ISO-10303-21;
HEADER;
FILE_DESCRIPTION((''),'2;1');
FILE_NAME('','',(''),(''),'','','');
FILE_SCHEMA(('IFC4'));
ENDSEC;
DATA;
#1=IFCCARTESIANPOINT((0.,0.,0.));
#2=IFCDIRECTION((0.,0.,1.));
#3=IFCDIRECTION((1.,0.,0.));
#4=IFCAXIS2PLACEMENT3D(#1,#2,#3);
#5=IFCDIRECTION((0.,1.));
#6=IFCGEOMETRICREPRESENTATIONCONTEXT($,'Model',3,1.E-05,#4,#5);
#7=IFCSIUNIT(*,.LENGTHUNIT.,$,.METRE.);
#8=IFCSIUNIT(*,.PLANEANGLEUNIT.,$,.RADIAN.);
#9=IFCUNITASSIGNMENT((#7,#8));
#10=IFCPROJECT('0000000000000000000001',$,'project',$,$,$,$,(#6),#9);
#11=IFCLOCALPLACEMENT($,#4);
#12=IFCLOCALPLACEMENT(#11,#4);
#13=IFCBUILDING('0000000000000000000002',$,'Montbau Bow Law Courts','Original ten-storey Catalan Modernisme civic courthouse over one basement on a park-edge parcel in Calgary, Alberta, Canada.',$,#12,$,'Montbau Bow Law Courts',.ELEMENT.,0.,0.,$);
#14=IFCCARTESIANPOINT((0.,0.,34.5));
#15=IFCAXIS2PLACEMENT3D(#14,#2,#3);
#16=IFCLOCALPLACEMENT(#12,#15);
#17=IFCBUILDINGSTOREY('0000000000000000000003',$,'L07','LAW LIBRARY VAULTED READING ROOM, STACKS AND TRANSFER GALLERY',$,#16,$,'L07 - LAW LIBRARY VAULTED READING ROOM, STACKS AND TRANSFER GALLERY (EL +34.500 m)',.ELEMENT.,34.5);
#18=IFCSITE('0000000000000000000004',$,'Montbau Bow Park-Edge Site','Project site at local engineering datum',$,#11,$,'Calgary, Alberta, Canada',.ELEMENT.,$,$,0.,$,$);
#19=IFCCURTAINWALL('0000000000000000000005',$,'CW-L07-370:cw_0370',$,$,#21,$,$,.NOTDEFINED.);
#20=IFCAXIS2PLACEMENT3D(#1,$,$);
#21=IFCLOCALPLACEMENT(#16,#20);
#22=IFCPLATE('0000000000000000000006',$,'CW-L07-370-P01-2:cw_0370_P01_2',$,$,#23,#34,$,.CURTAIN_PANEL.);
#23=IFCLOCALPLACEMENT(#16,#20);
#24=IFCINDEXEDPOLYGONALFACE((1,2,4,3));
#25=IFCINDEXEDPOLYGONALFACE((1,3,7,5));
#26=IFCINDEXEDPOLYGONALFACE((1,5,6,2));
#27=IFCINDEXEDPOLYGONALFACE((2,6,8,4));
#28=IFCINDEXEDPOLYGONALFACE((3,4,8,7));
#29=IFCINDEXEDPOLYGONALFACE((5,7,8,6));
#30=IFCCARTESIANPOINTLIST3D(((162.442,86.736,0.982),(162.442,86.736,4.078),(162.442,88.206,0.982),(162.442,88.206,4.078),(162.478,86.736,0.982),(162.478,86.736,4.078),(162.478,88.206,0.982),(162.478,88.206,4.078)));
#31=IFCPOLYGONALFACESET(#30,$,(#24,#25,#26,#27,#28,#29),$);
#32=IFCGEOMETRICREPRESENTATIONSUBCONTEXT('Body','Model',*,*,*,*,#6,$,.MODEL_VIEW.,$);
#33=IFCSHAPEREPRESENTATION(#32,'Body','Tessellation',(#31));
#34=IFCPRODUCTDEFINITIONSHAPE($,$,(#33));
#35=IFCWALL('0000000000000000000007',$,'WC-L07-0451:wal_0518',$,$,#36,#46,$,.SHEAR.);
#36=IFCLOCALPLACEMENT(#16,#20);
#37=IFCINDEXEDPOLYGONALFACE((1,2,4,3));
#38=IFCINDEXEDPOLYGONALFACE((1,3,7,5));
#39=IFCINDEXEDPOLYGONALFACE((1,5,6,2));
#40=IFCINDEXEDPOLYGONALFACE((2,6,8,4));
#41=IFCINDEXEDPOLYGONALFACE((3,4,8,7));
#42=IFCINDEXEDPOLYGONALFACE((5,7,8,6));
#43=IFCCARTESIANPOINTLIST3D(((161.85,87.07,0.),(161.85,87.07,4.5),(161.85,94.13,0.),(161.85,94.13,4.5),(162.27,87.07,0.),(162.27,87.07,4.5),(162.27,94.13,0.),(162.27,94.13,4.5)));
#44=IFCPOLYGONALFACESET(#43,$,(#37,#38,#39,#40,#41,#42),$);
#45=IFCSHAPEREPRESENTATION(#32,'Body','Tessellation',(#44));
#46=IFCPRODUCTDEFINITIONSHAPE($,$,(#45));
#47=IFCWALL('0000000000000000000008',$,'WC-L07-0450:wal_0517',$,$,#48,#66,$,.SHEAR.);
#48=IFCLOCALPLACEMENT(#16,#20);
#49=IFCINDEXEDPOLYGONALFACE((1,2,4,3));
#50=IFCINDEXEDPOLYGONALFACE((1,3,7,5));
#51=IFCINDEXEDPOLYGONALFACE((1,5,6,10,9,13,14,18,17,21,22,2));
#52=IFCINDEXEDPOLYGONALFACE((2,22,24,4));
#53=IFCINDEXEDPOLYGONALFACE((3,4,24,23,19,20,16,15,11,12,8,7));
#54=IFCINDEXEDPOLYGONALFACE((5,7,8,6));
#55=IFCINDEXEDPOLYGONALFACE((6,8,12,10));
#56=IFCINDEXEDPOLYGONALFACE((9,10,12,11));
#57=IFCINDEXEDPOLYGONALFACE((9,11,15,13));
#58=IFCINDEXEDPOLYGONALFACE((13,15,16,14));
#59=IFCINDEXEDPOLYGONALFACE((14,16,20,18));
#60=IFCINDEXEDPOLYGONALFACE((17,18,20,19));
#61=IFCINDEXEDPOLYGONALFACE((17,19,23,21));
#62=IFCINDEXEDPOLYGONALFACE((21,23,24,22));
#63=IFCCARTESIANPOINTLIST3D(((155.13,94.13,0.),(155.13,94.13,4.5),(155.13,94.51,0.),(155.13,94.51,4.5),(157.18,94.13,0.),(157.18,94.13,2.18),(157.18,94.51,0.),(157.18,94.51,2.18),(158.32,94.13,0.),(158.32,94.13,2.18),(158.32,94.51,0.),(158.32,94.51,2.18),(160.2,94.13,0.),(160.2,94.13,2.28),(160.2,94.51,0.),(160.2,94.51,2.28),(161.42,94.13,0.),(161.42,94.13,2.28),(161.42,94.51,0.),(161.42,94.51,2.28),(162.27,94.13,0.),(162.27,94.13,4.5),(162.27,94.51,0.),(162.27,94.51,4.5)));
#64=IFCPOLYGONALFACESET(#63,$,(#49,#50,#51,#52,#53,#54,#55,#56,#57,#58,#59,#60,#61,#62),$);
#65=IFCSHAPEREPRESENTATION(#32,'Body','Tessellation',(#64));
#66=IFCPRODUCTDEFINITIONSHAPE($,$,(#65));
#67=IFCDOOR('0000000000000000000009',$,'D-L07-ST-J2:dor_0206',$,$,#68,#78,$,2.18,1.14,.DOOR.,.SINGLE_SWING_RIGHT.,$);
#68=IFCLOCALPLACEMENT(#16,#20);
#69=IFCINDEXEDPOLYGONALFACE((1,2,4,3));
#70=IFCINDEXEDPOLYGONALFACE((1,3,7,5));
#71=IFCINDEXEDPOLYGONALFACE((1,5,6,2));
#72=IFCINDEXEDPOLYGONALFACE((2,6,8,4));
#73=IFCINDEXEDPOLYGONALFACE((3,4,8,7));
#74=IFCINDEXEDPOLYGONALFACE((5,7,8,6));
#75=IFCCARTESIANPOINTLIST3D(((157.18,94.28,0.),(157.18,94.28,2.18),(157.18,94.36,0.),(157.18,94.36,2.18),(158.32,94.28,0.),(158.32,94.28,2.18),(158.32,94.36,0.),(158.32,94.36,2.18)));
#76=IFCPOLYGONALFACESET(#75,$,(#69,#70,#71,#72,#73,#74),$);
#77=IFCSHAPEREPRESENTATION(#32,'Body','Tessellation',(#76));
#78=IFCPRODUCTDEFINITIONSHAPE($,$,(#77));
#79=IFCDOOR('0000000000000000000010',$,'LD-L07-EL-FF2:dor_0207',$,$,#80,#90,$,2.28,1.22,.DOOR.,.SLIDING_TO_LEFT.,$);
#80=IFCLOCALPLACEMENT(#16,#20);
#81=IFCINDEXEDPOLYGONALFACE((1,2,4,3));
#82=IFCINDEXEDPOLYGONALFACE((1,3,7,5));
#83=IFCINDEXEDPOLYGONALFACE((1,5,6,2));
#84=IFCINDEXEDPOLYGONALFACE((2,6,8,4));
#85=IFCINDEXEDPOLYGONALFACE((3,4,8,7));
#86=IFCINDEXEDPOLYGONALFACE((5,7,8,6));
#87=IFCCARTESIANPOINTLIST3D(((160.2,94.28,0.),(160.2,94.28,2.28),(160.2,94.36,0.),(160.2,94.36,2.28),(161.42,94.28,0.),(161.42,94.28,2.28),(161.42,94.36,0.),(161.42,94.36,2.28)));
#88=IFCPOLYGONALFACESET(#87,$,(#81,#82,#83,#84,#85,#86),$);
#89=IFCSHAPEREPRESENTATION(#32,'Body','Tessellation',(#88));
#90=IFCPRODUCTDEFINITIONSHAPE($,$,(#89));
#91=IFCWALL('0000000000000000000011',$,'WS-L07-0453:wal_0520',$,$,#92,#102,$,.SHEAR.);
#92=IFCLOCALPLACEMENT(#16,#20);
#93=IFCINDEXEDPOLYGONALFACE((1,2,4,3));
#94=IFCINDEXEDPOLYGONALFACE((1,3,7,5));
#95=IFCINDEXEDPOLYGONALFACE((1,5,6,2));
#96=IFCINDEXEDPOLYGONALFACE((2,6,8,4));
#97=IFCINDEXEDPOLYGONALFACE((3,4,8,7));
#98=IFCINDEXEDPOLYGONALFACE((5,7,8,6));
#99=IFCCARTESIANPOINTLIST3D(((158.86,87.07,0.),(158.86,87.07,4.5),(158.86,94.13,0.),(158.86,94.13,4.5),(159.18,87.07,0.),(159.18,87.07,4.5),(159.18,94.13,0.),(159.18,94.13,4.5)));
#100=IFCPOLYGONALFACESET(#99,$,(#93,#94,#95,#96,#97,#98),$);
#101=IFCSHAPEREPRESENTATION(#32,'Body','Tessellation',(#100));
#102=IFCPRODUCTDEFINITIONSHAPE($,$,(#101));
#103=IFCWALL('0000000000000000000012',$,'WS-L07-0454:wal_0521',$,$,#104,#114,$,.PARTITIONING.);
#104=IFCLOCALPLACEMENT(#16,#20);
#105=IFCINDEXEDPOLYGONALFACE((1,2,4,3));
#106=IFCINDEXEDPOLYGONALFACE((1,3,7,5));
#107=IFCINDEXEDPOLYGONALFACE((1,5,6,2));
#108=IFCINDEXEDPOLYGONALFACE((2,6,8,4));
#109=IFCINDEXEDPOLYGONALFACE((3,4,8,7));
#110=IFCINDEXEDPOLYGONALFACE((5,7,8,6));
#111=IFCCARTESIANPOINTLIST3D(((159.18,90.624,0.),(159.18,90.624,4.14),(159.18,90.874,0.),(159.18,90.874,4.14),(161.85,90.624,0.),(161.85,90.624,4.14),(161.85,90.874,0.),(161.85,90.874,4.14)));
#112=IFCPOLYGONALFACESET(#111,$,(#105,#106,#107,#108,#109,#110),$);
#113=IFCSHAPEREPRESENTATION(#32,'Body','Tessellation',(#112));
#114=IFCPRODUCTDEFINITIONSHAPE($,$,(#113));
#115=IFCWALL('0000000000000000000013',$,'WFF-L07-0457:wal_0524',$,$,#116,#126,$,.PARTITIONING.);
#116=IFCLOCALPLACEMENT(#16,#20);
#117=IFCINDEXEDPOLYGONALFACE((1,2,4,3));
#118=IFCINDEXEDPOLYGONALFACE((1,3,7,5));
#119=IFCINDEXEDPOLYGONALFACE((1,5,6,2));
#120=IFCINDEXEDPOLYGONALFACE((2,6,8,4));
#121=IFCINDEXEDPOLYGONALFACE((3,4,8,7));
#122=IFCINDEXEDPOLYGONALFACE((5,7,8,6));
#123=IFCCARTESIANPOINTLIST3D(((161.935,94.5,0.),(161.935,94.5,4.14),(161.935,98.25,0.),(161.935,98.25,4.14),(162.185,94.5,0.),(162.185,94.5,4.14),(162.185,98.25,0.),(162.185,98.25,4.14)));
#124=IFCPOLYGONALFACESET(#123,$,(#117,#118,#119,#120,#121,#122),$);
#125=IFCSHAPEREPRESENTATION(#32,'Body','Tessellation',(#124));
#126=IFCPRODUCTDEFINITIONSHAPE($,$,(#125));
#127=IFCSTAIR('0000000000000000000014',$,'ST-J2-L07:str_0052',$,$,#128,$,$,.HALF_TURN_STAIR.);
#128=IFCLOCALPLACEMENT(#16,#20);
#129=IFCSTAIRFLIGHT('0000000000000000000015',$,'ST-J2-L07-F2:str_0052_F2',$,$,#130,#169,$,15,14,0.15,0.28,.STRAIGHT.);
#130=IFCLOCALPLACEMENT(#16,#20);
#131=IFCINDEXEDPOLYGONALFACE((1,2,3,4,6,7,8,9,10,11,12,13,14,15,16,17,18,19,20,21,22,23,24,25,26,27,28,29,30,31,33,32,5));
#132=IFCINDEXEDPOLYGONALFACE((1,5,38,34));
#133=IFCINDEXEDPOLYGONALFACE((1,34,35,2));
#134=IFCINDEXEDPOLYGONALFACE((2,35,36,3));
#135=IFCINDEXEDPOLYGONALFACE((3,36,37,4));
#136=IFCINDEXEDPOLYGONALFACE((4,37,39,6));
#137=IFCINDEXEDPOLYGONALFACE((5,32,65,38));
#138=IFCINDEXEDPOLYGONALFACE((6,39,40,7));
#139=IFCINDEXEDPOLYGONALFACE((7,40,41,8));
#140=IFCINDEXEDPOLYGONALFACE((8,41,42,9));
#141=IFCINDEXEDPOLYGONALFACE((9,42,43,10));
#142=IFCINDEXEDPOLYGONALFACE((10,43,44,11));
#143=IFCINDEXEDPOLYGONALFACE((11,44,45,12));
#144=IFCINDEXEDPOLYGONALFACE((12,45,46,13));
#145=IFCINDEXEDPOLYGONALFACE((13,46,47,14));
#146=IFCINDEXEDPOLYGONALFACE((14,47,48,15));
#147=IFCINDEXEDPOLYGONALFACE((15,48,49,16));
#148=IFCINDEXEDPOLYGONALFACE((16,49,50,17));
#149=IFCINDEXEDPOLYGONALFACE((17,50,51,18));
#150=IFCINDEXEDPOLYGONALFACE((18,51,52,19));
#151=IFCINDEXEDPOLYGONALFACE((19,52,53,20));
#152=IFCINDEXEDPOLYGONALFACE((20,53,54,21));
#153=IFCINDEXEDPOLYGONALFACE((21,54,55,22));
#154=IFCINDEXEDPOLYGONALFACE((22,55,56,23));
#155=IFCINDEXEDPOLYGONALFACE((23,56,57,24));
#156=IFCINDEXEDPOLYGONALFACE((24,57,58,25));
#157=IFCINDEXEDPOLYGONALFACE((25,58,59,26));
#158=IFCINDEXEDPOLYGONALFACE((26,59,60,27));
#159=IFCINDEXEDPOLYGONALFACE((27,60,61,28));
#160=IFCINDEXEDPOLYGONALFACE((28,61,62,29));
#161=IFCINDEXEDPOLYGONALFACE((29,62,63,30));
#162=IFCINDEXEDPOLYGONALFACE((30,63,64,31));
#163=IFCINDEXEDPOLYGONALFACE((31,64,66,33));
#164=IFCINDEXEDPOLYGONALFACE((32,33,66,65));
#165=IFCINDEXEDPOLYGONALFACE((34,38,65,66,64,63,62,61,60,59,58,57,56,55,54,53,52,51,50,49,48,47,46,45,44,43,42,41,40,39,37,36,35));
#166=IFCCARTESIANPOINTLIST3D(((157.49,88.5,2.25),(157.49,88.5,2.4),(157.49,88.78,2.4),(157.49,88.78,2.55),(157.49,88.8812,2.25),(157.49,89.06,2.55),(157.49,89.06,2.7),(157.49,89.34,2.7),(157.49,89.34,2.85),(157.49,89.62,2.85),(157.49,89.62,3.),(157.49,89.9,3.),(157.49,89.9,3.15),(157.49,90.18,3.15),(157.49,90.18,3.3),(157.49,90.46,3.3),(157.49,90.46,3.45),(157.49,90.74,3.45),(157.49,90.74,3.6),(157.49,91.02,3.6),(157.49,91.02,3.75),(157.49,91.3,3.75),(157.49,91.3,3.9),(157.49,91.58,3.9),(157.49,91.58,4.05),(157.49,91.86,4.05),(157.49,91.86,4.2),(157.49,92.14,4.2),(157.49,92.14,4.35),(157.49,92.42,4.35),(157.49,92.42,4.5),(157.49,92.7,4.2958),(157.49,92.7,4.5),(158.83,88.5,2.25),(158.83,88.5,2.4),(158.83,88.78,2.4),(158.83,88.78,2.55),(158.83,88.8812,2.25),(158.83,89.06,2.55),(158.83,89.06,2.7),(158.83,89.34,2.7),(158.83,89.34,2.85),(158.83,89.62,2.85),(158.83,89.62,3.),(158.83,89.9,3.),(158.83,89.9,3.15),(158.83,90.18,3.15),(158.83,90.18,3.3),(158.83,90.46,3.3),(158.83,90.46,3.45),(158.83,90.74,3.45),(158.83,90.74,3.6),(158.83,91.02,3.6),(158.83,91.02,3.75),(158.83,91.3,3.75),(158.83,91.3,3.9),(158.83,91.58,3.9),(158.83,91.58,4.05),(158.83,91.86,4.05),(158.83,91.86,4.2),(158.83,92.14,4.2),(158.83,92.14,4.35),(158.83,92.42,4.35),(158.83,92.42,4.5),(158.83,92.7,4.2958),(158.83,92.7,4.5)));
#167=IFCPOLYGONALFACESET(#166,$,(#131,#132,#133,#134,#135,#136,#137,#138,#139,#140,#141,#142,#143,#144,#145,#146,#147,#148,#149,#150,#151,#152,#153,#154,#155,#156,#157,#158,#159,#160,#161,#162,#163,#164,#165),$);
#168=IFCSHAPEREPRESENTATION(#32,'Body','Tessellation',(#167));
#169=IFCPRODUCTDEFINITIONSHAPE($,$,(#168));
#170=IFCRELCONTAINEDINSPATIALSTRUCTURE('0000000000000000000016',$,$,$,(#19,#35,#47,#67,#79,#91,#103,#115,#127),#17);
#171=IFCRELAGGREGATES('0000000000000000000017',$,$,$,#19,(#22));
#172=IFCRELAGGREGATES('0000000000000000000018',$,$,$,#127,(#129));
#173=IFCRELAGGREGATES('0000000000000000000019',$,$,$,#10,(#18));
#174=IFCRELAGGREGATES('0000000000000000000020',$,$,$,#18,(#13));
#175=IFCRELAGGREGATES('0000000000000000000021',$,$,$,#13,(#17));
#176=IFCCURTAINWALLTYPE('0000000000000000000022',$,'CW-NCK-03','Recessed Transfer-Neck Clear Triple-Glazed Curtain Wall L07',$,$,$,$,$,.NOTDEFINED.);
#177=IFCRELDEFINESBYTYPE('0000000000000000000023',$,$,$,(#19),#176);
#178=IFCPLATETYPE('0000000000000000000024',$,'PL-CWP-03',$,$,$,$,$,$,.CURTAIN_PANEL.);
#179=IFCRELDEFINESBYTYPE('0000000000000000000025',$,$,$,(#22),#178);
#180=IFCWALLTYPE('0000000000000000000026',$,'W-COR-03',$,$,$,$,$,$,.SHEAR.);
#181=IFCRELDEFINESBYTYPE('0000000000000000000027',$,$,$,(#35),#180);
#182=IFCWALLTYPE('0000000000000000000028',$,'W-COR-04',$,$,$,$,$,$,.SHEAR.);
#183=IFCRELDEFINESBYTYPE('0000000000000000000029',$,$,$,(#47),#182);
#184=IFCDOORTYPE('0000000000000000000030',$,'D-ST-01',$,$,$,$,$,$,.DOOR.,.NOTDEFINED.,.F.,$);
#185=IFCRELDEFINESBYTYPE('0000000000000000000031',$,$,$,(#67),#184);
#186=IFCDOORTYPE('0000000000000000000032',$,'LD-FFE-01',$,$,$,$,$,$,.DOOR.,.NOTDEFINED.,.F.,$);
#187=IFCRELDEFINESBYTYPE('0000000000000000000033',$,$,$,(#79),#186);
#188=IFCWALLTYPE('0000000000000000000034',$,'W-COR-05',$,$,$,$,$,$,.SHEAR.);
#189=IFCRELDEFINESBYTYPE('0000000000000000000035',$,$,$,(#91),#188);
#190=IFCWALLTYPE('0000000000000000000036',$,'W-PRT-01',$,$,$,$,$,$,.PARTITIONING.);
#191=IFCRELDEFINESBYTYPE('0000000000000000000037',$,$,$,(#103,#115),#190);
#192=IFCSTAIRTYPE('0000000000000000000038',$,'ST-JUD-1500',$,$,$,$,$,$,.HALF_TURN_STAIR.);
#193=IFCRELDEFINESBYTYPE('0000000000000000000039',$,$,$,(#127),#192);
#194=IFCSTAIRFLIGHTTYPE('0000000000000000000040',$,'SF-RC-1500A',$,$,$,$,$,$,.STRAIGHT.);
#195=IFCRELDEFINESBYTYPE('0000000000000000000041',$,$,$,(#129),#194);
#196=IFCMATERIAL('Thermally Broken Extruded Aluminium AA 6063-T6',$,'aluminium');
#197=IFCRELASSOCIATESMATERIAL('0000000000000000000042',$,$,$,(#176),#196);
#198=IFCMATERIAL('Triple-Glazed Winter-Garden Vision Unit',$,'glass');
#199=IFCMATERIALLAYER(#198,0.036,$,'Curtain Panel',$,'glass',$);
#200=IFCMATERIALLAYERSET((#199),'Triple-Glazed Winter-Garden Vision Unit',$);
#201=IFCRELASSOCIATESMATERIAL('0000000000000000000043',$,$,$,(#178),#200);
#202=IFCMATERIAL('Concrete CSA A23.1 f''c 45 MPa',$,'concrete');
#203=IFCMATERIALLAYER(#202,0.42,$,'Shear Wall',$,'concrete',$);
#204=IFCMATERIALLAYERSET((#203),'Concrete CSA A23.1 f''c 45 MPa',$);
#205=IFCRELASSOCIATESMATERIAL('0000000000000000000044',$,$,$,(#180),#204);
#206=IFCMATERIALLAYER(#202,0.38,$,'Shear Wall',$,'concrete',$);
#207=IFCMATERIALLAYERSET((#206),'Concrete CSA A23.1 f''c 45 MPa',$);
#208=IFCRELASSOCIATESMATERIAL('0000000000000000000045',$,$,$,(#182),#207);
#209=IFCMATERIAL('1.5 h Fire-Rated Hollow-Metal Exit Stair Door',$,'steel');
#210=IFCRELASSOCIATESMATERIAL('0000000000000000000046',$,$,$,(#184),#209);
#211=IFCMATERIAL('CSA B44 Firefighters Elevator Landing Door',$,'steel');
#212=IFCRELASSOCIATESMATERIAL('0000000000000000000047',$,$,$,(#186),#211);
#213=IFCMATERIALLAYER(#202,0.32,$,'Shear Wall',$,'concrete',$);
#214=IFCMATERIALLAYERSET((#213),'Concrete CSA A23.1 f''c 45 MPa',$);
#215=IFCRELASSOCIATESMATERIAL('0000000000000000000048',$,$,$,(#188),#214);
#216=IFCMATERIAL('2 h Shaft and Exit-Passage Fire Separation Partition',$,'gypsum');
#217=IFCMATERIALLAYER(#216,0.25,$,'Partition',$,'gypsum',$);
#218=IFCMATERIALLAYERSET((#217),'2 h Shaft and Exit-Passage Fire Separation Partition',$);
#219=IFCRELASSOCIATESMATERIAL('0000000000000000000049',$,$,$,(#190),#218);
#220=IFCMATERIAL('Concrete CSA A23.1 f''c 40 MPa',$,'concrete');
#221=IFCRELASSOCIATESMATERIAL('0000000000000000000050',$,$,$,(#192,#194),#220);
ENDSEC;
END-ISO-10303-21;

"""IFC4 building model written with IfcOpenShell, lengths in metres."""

from ifc_helpers import new_model, si_unit, direction, frame, frame_2d, origin_with_axes, place, context, subcontext, project, spatial, polyline, rectangle, outline, extrude, material, layer, layer_set, type_object, element, fill, aggregate, save


model = new_model("IFC4")

# Units and contexts
model_context = context("Model", 3, precision=1e-05, world=origin_with_axes(), true_north=direction((0.0, 1.0)))
body_context = subcontext(model_context, "Body", "Model", "MODEL_VIEW")
ifc_project = project(units=[si_unit("LENGTHUNIT", "METRE"), si_unit("PLANEANGLEUNIT", "RADIAN")], contexts=[model_context])

# Site, building, storey
site_placement = place(None, origin_with_axes())
site = spatial("IfcSite", under=ifc_project, at=site_placement, Name="Montbau Bow Park-Edge Site", Description="Project site at local engineering datum", LongName="Calgary, Alberta, Canada", CompositionType="ELEMENT", RefElevation=0.0)
building_placement = place(site_placement, origin_with_axes())
building = spatial("IfcBuilding", under=site, at=building_placement, Name="Montbau Bow Law Courts", Description="Original ten-storey Catalan Modernisme civic courthouse over one basement on a park-edge parcel in Calgary, Alberta, Canada.", LongName="Montbau Bow Law Courts", CompositionType="ELEMENT", ElevationOfRefHeight=0.0, ElevationOfTerrain=0.0)
storey_placement = place(building_placement, frame((0.0, 0.0, 34.5), z_axis=(0.0, 0.0, 1.0), x_axis=(1.0, 0.0, 0.0)))
storey = spatial("IfcBuildingStorey", under=building, at=storey_placement, Name="L07", Description="LAW LIBRARY VAULTED READING ROOM, STACKS AND TRANSFER GALLERY", LongName="L07 - LAW LIBRARY VAULTED READING ROOM, STACKS AND TRANSFER GALLERY (EL +34.500 m)", CompositionType="ELEMENT", Elevation=34.5)

# Shared definitions
ifc_material_1 = material(Name="Thermally Broken Extruded Aluminium AA 6063-T6", Category="aluminium")
curtain_wall_type = type_object("IfcCurtainWallType", Name="CW-NCK-03", Description="Recessed Transfer-Neck Clear Triple-Glazed Curtain Wall L07", PredefinedType="NOTDEFINED", material=ifc_material_1)

# Curtain wall
curtain_wall_1_placement = place(None, frame((162.46, 86.668, 34.5), z_axis=(0.0, 0.0, 1.0), x_axis=(1.0, 0.0, 0.0)))
curtain_wall_1 = element("IfcCurtainWall", 1, at=curtain_wall_1_placement, inside=storey, type_object=curtain_wall_type, Name="CW-L07-370:cw_0370", PredefinedType="NOTDEFINED")

# Plate
ifc_material_2 = material(Name="Triple-Glazed Winter-Garden Vision Unit", Category="glass")
ifc_layer_1 = layer(ifc_material_2, 0.036, Name="Curtain Panel", Category="glass")
ifc_layer_set_1 = layer_set([ifc_layer_1], Name="Triple-Glazed Winter-Garden Vision Unit")
plate_type_1 = type_object("IfcPlateType", Name="PL-CWP-03", PredefinedType="CURTAIN_PANEL", material=ifc_layer_set_1)
plate_1_placement = place(None, frame((162.46, 86.736, 35.482), z_axis=(1.0, 0.0, 0.0), x_axis=(0.0, 1.0, 0.0)))
plate_1 = element("IfcPlate", 2, at=plate_1_placement, type_object=plate_type_1, Name="CW-L07-370-P01-2:cw_0370_P01_2", PredefinedType="CURTAIN_PANEL", context=body_context, shape_type="SweptSolid", body=[
    extrude(rectangle(XDim=1.47, YDim=3.096, at=frame_2d((0.735, 1.548), x_axis=(1.0, 0.0))), frame((0.0, 0.0, -0.018), z_axis=(0.0, 0.0, 1.0), x_axis=(1.0, 0.0, 0.0)), (0.0, 0.0, 1.0), 0.036),
])
aggregate(curtain_wall_1, [plate_1])

# Wall
ifc_material_3 = material(Name="Concrete CSA A23.1 f'c 45 MPa", Category="concrete")
ifc_layer_2 = layer(ifc_material_3, 0.42, Name="Shear Wall", Category="concrete")
ifc_layer_set_2 = layer_set([ifc_layer_2], Name="Concrete CSA A23.1 f'c 45 MPa")
wall_type_1 = type_object("IfcWallType", Name="W-COR-03", PredefinedType="SHEAR", material=ifc_layer_set_2)
wall_1_placement = place(None, frame((162.06, 87.07, 34.5), z_axis=(0.0, 0.0, 1.0), x_axis=(0.0, 1.0, 0.0)))
element("IfcWall", 3, at=wall_1_placement, inside=storey, type_object=wall_type_1, Name="WC-L07-0451:wal_0518", PredefinedType="SHEAR", context=body_context, shape_type="SweptSolid", body=[
    extrude(rectangle(XDim=7.06, YDim=0.42, at=frame_2d((3.53, 0.0), x_axis=(1.0, 0.0))), origin_with_axes(), (0.0, 0.0, 1.0), 4.5),
])

# Wall, openings, doors
ifc_layer_3 = layer(ifc_material_3, 0.38, Name="Shear Wall", Category="concrete")
ifc_layer_set_3 = layer_set([ifc_layer_3], Name="Concrete CSA A23.1 f'c 45 MPa")
wall_type_2 = type_object("IfcWallType", Name="W-COR-04", PredefinedType="SHEAR", material=ifc_layer_set_3)
wall_2_placement = place(None, frame((162.27, 94.32, 34.5), z_axis=(0.0, 0.0, 1.0), x_axis=(-1.0, 0.0, 0.0)))
wall_2 = element("IfcWall", 4, at=wall_2_placement, inside=storey, type_object=wall_type_2, Name="WC-L07-0450:wal_0517", PredefinedType="SHEAR", context=body_context, shape_type="SweptSolid", body=[
    extrude(rectangle(XDim=7.14, YDim=0.38, at=frame_2d((3.57, 0.0), x_axis=(1.0, 0.0))), origin_with_axes(), (0.0, 0.0, 1.0), 4.5),
])
opening_1_placement = place(None, frame((157.75, 94.32, 34.5), z_axis=(0.0, 0.0, 1.0), x_axis=(-1.0, 0.0, 0.0)))
opening_1 = element("IfcOpeningElement", 5, at=opening_1_placement, cuts=wall_2, PredefinedType="OPENING", context=body_context, shape_type="SweptSolid", body=[
    extrude(rectangle(XDim=1.14, YDim=2.18, at=frame_2d((0.0, 1.09), x_axis=(1.0, 0.0))), frame((0.0, 0.2, 0.0), z_axis=(0.0, -1.0, 0.0), x_axis=(1.0, 0.0, 0.0)), (0.0, 0.0, 1.0), 0.4),
])
opening_2_placement = place(None, frame((160.81, 94.32, 34.5), z_axis=(0.0, 0.0, 1.0), x_axis=(-1.0, 0.0, 0.0)))
opening_2 = element("IfcOpeningElement", 6, at=opening_2_placement, cuts=wall_2, PredefinedType="OPENING", context=body_context, shape_type="SweptSolid", body=[
    extrude(rectangle(XDim=1.22, YDim=2.28, at=frame_2d((0.0, 1.14), x_axis=(1.0, 0.0))), frame((0.0, 0.2, 0.0), z_axis=(0.0, -1.0, 0.0), x_axis=(1.0, 0.0, 0.0)), (0.0, 0.0, 1.0), 0.4),
])
ifc_material_4 = material(Name="1.5 h Fire-Rated Hollow-Metal Exit Stair Door", Category="steel")
door_type_1 = type_object("IfcDoorType", Name="D-ST-01", OperationType="NOTDEFINED", ParameterTakesPrecedence=False, PredefinedType="DOOR", material=ifc_material_4)
door_1_placement = place(None, frame((157.75, 94.32, 34.5), z_axis=(0.0, 0.0, 1.0), x_axis=(1.0, 0.0, 0.0)))
door_1 = element("IfcDoor", 7, at=door_1_placement, inside=storey, type_object=door_type_1, Name="D-L07-ST-J2:dor_0206", OperationType="SINGLE_SWING_RIGHT", OverallHeight=2.18, OverallWidth=1.14, PredefinedType="DOOR", context=body_context, shape_type="SweptSolid", body=[
    extrude(rectangle(XDim=1.14, YDim=2.18, at=frame_2d((0.0, 1.09), x_axis=(1.0, 0.0))), frame((0.0, 0.04, 0.0), z_axis=(0.0, -1.0, 0.0), x_axis=(1.0, 0.0, 0.0)), (0.0, 0.0, 1.0), 0.08),
])
fill(opening_1, door_1)
ifc_material_5 = material(Name="CSA B44 Firefighters Elevator Landing Door", Category="steel")
door_type_2 = type_object("IfcDoorType", Name="LD-FFE-01", OperationType="NOTDEFINED", ParameterTakesPrecedence=False, PredefinedType="DOOR", material=ifc_material_5)
door_2_placement = place(None, frame((160.81, 94.32, 34.5), z_axis=(0.0, 0.0, 1.0), x_axis=(1.0, 0.0, 0.0)))
door_2 = element("IfcDoor", 8, at=door_2_placement, inside=storey, type_object=door_type_2, Name="LD-L07-EL-FF2:dor_0207", OperationType="SLIDING_TO_LEFT", OverallHeight=2.28, OverallWidth=1.22, PredefinedType="DOOR", context=body_context, shape_type="SweptSolid", body=[
    extrude(rectangle(XDim=1.22, YDim=2.28, at=frame_2d((0.0, 1.14), x_axis=(1.0, 0.0))), frame((0.0, 0.04, 0.0), z_axis=(0.0, -1.0, 0.0), x_axis=(1.0, 0.0, 0.0)), (0.0, 0.0, 1.0), 0.08),
])
fill(opening_2, door_2)

# Walls
ifc_layer_4 = layer(ifc_material_3, 0.32, Name="Shear Wall", Category="concrete")
ifc_layer_set_4 = layer_set([ifc_layer_4], Name="Concrete CSA A23.1 f'c 45 MPa")
wall_type_3 = type_object("IfcWallType", Name="W-COR-05", PredefinedType="SHEAR", material=ifc_layer_set_4)
wall_3_placement = place(None, frame((159.02, 87.07, 34.5), z_axis=(0.0, 0.0, 1.0), x_axis=(0.0, 1.0, 0.0)))
element("IfcWall", 9, at=wall_3_placement, inside=storey, type_object=wall_type_3, Name="WS-L07-0453:wal_0520", PredefinedType="SHEAR", context=body_context, shape_type="SweptSolid", body=[
    extrude(rectangle(XDim=7.06, YDim=0.32, at=frame_2d((3.53, 0.0), x_axis=(1.0, 0.0))), origin_with_axes(), (0.0, 0.0, 1.0), 4.5),
])
ifc_material_6 = material(Name="2 h Shaft and Exit-Passage Fire Separation Partition", Category="gypsum")
ifc_layer_5 = layer(ifc_material_6, 0.25, Name="Partition", Category="gypsum")
ifc_layer_set_5 = layer_set([ifc_layer_5], Name="2 h Shaft and Exit-Passage Fire Separation Partition")
wall_type_4 = type_object("IfcWallType", Name="W-PRT-01", PredefinedType="PARTITIONING", material=ifc_layer_set_5)
wall_4_placement = place(None, frame((159.18, 90.749, 34.5), z_axis=(0.0, 0.0, 1.0), x_axis=(1.0, 0.0, 0.0)))
element("IfcWall", 10, at=wall_4_placement, inside=storey, type_object=wall_type_4, Name="WS-L07-0454:wal_0521", PredefinedType="PARTITIONING", context=body_context, shape_type="SweptSolid", body=[
    extrude(rectangle(XDim=2.67, YDim=0.25, at=frame_2d((1.335, 0.0), x_axis=(1.0, 0.0))), origin_with_axes(), (0.0, 0.0, 1.0), 4.14),
])
wall_5_placement = place(None, frame((162.06, 94.5, 34.5), z_axis=(0.0, 0.0, 1.0), x_axis=(0.0, 1.0, 0.0)))
element("IfcWall", 11, at=wall_5_placement, inside=storey, type_object=wall_type_4, Name="WFF-L07-0457:wal_0524", PredefinedType="PARTITIONING", context=body_context, shape_type="SweptSolid", body=[
    extrude(rectangle(XDim=3.75, YDim=0.25, at=frame_2d((1.875, 0.0), x_axis=(1.0, 0.0))), origin_with_axes(), (0.0, 0.0, 1.0), 4.14),
])

# Stair, stair flight
ifc_material_7 = material(Name="Concrete CSA A23.1 f'c 40 MPa", Category="concrete")
stair_type = type_object("IfcStairType", Name="ST-JUD-1500", PredefinedType="HALF_TURN_STAIR", material=ifc_material_7)
stair_placement = place(None, frame((156.25, 92.7, 34.5), z_axis=(0.0, 0.0, 1.0), x_axis=(1.0, 0.0, 0.0)))
stair = element("IfcStair", 12, at=stair_placement, inside=storey, type_object=stair_type, Name="ST-J2-L07:str_0052", PredefinedType="HALF_TURN_STAIR")
stair_flight_type = type_object("IfcStairFlightType", Name="SF-RC-1500A", PredefinedType="STRAIGHT", material=ifc_material_7)
stair_flight_placement = place(None, frame((158.16, 88.5, 36.75), z_axis=(0.0, 0.0, 1.0), x_axis=(0.0, 1.0, 0.0)))
stair_flight = element("IfcStairFlight", 13, at=stair_flight_placement, type_object=stair_flight_type, Name="ST-J2-L07-F2:str_0052_F2", NumberOfRisers=15, NumberOfTreads=14, PredefinedType="STRAIGHT", RiserHeight=0.15, TreadLength=0.28, context=body_context, shape_type="SweptSolid", body=[
    extrude(outline(polyline([(0.0, 0.0), (0.0, 0.15), (0.28, 0.15), (0.28, 0.3), (0.56, 0.3), (0.56, 0.45), (0.84, 0.45), (0.84, 0.6), (1.12, 0.6), (1.12, 0.75), (1.4, 0.75), (1.4, 0.9), (1.68, 0.9), (1.68, 1.05), (1.96, 1.05), (1.96, 1.2), (2.24, 1.2), (2.24, 1.35), (2.52, 1.35), (2.52, 1.5), (2.8, 1.5), (2.8, 1.65), (3.08, 1.65), (3.08, 1.8), (3.36, 1.8), (3.36, 1.95), (3.64, 1.95), (3.64, 2.1), (3.92, 2.1), (3.92, 2.25), (4.2, 2.25), (4.2, 2.0458), (0.3812, 0.0), (0.0, 0.0)])), frame((0.0, 0.67, 0.0), z_axis=(0.0, -1.0, 0.0), x_axis=(1.0, 0.0, 0.0)), (0.0, 0.0, 1.0), 1.34),
])
aggregate(stair, [stair_flight])

save(model, "model.ifc")
